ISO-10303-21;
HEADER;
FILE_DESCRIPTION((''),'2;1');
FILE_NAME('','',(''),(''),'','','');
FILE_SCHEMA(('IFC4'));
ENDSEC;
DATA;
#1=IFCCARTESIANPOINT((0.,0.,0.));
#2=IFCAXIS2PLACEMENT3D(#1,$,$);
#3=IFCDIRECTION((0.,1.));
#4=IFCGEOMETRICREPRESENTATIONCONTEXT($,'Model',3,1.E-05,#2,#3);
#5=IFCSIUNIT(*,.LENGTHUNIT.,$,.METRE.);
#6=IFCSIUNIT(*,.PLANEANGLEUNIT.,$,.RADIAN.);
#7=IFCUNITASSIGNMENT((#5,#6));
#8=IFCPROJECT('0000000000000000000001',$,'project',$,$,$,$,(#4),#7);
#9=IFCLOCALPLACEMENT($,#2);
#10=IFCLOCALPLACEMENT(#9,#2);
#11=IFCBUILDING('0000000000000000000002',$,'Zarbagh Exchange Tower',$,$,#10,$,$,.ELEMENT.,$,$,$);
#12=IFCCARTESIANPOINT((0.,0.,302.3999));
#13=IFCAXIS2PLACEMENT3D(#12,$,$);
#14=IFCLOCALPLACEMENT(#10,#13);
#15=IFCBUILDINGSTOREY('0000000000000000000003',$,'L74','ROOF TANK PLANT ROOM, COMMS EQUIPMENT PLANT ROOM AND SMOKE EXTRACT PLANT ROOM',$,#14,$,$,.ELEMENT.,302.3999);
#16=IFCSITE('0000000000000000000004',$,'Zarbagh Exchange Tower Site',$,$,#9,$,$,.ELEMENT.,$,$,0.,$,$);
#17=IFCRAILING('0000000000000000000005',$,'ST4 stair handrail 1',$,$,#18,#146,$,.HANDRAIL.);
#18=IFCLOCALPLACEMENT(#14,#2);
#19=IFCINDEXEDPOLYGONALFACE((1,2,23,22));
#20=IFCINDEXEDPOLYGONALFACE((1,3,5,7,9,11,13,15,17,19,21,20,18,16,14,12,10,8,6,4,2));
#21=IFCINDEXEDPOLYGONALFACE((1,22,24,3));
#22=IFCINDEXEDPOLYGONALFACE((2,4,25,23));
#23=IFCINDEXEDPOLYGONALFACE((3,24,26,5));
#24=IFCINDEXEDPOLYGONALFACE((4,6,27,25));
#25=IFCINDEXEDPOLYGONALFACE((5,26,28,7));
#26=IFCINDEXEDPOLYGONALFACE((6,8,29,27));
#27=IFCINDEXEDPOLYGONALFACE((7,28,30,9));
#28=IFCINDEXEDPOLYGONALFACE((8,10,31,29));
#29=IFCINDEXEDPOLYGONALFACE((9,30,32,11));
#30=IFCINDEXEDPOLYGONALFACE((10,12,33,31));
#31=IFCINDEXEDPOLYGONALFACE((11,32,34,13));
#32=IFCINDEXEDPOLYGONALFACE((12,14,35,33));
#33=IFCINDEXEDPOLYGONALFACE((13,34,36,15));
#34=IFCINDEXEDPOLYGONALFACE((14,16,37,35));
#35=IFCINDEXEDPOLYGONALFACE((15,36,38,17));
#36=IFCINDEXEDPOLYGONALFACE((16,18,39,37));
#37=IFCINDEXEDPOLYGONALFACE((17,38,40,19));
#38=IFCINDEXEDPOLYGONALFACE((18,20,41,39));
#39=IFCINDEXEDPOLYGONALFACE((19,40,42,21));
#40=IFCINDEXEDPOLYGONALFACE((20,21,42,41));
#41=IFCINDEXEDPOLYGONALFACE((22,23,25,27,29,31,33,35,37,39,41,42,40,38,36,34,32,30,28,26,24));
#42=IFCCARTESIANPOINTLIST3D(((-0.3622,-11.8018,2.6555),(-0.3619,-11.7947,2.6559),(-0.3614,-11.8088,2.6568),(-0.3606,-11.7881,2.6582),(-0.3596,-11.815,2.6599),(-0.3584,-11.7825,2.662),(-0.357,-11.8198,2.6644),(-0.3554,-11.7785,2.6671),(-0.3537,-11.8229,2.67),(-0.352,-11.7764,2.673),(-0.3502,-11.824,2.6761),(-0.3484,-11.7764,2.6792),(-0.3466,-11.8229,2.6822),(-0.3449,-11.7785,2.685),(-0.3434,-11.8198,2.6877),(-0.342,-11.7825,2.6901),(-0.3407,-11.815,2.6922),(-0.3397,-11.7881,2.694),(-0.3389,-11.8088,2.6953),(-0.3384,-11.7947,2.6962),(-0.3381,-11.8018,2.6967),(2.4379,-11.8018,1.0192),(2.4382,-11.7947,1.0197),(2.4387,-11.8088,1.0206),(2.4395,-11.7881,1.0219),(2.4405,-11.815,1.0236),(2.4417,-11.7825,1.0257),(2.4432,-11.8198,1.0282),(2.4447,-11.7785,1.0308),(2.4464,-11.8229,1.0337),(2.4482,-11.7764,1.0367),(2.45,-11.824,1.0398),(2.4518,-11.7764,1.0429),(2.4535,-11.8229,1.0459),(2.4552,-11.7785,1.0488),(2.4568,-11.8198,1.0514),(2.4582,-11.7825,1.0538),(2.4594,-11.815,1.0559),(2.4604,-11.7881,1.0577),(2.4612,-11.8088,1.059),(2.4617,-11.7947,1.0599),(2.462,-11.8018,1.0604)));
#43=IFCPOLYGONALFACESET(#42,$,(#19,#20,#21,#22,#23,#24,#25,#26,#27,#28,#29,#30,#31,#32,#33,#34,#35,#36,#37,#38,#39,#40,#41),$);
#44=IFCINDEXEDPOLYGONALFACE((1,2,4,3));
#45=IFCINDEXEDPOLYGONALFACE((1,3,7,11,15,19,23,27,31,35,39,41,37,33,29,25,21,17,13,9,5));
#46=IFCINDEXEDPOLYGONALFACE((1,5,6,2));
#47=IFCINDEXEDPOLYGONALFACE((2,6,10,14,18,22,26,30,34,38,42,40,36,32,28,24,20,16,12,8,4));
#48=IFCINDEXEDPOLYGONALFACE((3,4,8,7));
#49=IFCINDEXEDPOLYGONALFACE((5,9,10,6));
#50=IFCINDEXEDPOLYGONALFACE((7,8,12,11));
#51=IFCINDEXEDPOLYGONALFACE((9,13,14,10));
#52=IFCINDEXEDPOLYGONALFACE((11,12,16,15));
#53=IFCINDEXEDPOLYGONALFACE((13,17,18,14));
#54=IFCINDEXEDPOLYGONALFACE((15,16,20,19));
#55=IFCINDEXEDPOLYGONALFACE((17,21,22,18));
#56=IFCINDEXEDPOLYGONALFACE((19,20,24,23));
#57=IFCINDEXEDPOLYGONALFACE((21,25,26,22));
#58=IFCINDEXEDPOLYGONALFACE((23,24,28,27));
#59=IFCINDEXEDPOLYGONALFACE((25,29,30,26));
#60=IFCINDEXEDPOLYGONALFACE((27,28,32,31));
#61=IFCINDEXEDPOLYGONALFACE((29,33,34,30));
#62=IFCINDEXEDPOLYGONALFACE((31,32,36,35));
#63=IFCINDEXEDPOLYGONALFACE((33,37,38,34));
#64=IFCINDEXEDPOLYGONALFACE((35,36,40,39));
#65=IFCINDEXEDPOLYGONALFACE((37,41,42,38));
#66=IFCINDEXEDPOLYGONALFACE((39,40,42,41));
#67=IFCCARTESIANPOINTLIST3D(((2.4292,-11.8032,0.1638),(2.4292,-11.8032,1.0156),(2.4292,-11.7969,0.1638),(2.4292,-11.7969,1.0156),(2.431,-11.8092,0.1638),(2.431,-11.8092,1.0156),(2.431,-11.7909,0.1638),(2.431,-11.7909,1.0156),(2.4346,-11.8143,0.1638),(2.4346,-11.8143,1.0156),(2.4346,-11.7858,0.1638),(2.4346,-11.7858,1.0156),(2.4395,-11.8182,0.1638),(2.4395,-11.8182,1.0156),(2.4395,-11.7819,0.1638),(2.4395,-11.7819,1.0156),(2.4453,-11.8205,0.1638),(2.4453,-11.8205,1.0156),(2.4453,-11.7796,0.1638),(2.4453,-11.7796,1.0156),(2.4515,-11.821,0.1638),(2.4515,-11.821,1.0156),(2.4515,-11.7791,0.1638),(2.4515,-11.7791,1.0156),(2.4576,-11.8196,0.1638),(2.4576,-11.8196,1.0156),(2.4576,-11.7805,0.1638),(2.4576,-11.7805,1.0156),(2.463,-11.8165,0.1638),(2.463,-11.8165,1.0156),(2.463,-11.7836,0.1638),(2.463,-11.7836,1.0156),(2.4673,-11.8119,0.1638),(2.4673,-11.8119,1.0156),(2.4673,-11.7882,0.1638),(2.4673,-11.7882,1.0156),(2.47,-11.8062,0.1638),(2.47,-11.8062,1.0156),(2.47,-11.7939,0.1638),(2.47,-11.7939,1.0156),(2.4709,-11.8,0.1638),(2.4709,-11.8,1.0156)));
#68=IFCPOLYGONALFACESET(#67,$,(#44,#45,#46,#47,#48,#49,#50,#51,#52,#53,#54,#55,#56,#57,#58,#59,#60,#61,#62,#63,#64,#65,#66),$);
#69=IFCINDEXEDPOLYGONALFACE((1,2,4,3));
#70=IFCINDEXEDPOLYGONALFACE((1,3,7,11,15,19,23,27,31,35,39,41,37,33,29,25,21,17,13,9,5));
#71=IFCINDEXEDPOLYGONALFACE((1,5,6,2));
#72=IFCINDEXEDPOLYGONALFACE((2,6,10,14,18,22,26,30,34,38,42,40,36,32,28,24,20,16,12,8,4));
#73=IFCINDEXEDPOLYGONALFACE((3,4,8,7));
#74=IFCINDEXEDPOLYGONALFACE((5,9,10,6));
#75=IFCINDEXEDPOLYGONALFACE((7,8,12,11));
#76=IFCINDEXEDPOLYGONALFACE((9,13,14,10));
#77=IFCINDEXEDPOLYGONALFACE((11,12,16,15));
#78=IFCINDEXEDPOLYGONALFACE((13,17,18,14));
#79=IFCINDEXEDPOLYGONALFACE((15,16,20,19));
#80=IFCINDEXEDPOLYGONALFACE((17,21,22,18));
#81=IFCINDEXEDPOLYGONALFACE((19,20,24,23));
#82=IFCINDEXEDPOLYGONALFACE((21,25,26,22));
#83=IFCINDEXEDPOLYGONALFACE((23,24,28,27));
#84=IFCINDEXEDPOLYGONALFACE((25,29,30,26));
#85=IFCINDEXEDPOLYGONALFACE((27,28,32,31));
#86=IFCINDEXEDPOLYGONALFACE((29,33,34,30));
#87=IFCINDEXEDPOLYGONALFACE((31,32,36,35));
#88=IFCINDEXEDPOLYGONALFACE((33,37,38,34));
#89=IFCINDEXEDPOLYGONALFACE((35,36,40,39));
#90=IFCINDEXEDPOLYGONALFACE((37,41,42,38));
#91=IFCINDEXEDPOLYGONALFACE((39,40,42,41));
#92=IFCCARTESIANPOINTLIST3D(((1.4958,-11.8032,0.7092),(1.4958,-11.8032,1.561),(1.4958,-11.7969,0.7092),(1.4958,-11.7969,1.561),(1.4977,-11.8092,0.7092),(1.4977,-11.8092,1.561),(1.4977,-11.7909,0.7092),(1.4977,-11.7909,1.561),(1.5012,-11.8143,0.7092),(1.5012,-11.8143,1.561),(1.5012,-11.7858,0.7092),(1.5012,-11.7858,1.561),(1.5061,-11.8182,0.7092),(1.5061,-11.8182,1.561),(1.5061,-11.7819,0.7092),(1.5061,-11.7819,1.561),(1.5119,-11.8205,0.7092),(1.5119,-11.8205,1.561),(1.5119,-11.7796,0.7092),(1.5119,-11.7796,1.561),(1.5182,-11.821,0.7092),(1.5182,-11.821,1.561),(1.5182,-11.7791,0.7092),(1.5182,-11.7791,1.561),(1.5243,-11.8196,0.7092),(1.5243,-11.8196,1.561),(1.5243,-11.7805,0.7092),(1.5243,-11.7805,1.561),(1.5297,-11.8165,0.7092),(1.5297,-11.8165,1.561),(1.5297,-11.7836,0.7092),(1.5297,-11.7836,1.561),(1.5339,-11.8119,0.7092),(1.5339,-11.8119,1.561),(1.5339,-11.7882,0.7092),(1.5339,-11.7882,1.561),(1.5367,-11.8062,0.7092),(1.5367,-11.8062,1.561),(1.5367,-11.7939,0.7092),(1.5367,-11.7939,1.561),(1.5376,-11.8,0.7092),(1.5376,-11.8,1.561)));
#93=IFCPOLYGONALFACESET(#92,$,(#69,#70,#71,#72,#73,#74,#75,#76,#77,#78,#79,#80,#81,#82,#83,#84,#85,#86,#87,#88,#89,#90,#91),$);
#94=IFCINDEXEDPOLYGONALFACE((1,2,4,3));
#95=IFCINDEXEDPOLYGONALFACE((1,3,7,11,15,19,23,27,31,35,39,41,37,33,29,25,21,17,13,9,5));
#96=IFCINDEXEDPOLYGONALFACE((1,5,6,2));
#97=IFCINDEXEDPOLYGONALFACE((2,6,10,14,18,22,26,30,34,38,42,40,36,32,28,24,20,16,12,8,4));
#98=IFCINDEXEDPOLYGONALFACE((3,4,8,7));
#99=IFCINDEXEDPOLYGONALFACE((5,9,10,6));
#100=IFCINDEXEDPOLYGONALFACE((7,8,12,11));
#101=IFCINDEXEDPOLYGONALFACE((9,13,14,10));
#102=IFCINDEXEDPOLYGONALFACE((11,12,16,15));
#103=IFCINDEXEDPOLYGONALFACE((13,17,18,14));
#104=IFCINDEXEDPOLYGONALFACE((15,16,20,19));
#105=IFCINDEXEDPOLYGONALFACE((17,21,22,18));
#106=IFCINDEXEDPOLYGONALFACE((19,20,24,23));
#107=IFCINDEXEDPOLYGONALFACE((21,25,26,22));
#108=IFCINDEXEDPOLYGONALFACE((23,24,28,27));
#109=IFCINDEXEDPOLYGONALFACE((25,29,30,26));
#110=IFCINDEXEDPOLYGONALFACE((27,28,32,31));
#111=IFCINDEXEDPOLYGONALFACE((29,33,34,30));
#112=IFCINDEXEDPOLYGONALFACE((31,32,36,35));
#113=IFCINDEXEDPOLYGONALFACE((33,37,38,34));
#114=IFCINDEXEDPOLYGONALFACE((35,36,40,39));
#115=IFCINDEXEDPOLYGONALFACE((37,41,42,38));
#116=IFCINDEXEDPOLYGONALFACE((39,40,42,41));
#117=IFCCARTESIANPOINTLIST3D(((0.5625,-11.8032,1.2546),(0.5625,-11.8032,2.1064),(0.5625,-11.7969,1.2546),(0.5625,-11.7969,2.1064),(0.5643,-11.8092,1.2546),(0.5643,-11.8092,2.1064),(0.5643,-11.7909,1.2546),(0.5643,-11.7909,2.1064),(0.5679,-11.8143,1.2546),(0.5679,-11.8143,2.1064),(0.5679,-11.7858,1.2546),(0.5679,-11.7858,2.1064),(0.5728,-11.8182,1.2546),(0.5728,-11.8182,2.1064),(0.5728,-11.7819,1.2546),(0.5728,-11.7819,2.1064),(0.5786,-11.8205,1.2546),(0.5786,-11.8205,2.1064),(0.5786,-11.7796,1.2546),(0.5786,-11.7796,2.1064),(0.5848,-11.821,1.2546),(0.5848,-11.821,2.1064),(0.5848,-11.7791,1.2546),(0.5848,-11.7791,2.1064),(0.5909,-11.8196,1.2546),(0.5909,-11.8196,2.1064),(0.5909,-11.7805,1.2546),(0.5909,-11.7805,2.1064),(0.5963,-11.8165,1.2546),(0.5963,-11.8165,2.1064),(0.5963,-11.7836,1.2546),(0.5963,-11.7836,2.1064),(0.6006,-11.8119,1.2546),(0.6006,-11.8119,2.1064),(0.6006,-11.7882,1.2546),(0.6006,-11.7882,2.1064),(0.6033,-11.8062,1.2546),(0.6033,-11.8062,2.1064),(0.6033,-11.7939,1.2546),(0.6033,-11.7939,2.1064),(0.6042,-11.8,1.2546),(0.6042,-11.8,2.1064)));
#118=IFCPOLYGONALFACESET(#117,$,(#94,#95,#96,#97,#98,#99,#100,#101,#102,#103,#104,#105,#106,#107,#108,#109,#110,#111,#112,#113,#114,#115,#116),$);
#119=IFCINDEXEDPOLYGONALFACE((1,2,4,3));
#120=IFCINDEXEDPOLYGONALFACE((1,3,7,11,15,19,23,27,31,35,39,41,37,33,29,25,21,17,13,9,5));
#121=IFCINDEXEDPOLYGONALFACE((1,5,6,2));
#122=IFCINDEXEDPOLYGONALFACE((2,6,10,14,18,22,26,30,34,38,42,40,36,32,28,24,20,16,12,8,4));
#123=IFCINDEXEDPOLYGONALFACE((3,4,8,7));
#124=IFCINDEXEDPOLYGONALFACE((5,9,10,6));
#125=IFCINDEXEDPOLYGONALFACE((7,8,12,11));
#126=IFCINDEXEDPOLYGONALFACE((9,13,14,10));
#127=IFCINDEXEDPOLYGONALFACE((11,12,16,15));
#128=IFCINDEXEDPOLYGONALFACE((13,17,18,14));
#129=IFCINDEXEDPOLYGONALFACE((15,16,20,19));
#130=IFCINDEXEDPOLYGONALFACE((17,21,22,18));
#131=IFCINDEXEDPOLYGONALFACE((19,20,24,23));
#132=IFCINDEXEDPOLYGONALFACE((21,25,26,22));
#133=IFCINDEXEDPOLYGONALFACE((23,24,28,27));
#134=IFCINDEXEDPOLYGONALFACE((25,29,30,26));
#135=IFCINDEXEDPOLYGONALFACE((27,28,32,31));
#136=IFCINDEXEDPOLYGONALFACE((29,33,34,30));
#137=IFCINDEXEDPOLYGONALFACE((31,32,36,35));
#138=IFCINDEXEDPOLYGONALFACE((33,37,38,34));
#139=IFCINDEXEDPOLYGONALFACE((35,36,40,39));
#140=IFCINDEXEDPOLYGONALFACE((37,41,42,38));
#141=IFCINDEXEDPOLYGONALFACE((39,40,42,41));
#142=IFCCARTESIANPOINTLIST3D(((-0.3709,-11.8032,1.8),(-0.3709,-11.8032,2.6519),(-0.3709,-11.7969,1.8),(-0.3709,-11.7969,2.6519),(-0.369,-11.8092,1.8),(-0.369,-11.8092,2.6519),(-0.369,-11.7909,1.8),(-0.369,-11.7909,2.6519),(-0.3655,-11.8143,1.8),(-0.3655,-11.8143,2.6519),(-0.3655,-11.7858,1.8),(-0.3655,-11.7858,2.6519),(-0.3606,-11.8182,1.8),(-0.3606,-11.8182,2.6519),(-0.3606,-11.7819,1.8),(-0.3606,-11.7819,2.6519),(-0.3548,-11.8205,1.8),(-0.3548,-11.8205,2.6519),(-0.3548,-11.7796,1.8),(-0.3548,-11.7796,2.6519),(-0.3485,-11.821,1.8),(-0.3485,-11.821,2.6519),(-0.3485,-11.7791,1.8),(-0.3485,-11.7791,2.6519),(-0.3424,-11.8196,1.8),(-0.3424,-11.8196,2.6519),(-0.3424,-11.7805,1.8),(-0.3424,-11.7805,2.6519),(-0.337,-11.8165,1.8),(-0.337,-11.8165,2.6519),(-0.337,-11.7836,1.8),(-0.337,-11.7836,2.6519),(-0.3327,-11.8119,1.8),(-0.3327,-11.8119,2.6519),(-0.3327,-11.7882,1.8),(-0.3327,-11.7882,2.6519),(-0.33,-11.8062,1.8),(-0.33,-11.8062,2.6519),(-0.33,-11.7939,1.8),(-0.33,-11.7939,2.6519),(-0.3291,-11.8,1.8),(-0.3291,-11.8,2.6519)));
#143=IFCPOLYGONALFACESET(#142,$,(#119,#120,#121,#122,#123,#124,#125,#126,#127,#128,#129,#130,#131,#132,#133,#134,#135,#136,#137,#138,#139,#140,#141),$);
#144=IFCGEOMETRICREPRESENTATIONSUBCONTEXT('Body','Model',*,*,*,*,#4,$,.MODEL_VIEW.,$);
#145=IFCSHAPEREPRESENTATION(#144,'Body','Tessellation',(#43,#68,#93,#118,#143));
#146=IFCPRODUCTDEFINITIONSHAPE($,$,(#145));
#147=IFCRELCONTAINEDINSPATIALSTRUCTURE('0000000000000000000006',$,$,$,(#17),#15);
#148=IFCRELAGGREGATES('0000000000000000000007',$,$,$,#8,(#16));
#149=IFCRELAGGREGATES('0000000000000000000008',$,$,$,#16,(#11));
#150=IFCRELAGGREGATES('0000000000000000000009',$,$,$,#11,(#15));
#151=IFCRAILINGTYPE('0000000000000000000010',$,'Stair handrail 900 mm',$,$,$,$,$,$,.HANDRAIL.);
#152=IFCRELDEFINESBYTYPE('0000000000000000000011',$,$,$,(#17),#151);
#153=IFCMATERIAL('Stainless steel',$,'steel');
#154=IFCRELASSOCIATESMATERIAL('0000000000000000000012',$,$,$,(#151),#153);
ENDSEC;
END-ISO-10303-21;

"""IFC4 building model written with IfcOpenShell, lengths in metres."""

from ifc_helpers import new_model, si_unit, direction, frame, origin, origin_2d, place, context, subcontext, project, spatial, circle, extrude, material, type_object, element, save


model = new_model("IFC4")

# Units and contexts
model_context = context("Model", 3, precision=1e-05, world=origin(), true_north=direction((0.0, 1.0)))
body_context = subcontext(model_context, "Body", "Model", "MODEL_VIEW")
ifc_project = project(units=[si_unit("LENGTHUNIT", "METRE"), si_unit("PLANEANGLEUNIT", "RADIAN")], contexts=[model_context])

# Site, building, storey
site_placement = place(None, origin())
site = spatial("IfcSite", under=ifc_project, at=site_placement, Name="Zarbagh Exchange Tower Site", CompositionType="ELEMENT", RefElevation=0.0)
building_placement = place(site_placement, origin())
building = spatial("IfcBuilding", under=site, at=building_placement, Name="Zarbagh Exchange Tower", CompositionType="ELEMENT")
storey_placement = place(building_placement, frame((0.0, 0.0, 302.3999)))
storey = spatial("IfcBuildingStorey", under=building, at=storey_placement, Name="L74", Description="ROOF TANK PLANT ROOM, COMMS EQUIPMENT PLANT ROOM AND SMOKE EXTRACT PLANT ROOM", CompositionType="ELEMENT", Elevation=302.3999)

# Shared definitions
ifc_material_1 = material(Name="Stainless steel", Category="steel")

# Railing
railing_type_1 = type_object("IfcRailingType", Name="Stair handrail 900 mm", PredefinedType="HANDRAIL", material=ifc_material_1)
railing_1_placement = place(storey_placement, frame((2.45, -11.8, 0.1638)))
element("IfcRailing", 1, at=railing_1_placement, inside=storey, type_object=railing_type_1, Name="ST4 stair handrail 1", PredefinedType="HANDRAIL", context=body_context, shape_type="SweptSolid", body=[
    extrude(circle(Radius=0.0239, at=origin_2d()), frame((0.0, 0.0, 0.876), z_axis=(-0.863394, 0.0, 0.504531), x_axis=(0.0, -1.0, 0.0)), (0.0, 0.0, 1.0), 3.2432),
    extrude(circle(Radius=0.021, at=origin_2d()), origin(), (0.0, 0.0, 1.0), 0.8518),
    extrude(circle(Radius=0.021, at=origin_2d()), frame((-0.9333, 0.0, 0.5454)), (0.0, 0.0, 1.0), 0.8518),
    extrude(circle(Radius=0.021, at=origin_2d()), frame((-1.8667, 0.0, 1.0908)), (0.0, 0.0, 1.0), 0.8518),
    extrude(circle(Radius=0.021, at=origin_2d()), frame((-2.8, 0.0, 1.6362)), (0.0, 0.0, 1.0), 0.8518),
])

save(model, "model.ifc")
